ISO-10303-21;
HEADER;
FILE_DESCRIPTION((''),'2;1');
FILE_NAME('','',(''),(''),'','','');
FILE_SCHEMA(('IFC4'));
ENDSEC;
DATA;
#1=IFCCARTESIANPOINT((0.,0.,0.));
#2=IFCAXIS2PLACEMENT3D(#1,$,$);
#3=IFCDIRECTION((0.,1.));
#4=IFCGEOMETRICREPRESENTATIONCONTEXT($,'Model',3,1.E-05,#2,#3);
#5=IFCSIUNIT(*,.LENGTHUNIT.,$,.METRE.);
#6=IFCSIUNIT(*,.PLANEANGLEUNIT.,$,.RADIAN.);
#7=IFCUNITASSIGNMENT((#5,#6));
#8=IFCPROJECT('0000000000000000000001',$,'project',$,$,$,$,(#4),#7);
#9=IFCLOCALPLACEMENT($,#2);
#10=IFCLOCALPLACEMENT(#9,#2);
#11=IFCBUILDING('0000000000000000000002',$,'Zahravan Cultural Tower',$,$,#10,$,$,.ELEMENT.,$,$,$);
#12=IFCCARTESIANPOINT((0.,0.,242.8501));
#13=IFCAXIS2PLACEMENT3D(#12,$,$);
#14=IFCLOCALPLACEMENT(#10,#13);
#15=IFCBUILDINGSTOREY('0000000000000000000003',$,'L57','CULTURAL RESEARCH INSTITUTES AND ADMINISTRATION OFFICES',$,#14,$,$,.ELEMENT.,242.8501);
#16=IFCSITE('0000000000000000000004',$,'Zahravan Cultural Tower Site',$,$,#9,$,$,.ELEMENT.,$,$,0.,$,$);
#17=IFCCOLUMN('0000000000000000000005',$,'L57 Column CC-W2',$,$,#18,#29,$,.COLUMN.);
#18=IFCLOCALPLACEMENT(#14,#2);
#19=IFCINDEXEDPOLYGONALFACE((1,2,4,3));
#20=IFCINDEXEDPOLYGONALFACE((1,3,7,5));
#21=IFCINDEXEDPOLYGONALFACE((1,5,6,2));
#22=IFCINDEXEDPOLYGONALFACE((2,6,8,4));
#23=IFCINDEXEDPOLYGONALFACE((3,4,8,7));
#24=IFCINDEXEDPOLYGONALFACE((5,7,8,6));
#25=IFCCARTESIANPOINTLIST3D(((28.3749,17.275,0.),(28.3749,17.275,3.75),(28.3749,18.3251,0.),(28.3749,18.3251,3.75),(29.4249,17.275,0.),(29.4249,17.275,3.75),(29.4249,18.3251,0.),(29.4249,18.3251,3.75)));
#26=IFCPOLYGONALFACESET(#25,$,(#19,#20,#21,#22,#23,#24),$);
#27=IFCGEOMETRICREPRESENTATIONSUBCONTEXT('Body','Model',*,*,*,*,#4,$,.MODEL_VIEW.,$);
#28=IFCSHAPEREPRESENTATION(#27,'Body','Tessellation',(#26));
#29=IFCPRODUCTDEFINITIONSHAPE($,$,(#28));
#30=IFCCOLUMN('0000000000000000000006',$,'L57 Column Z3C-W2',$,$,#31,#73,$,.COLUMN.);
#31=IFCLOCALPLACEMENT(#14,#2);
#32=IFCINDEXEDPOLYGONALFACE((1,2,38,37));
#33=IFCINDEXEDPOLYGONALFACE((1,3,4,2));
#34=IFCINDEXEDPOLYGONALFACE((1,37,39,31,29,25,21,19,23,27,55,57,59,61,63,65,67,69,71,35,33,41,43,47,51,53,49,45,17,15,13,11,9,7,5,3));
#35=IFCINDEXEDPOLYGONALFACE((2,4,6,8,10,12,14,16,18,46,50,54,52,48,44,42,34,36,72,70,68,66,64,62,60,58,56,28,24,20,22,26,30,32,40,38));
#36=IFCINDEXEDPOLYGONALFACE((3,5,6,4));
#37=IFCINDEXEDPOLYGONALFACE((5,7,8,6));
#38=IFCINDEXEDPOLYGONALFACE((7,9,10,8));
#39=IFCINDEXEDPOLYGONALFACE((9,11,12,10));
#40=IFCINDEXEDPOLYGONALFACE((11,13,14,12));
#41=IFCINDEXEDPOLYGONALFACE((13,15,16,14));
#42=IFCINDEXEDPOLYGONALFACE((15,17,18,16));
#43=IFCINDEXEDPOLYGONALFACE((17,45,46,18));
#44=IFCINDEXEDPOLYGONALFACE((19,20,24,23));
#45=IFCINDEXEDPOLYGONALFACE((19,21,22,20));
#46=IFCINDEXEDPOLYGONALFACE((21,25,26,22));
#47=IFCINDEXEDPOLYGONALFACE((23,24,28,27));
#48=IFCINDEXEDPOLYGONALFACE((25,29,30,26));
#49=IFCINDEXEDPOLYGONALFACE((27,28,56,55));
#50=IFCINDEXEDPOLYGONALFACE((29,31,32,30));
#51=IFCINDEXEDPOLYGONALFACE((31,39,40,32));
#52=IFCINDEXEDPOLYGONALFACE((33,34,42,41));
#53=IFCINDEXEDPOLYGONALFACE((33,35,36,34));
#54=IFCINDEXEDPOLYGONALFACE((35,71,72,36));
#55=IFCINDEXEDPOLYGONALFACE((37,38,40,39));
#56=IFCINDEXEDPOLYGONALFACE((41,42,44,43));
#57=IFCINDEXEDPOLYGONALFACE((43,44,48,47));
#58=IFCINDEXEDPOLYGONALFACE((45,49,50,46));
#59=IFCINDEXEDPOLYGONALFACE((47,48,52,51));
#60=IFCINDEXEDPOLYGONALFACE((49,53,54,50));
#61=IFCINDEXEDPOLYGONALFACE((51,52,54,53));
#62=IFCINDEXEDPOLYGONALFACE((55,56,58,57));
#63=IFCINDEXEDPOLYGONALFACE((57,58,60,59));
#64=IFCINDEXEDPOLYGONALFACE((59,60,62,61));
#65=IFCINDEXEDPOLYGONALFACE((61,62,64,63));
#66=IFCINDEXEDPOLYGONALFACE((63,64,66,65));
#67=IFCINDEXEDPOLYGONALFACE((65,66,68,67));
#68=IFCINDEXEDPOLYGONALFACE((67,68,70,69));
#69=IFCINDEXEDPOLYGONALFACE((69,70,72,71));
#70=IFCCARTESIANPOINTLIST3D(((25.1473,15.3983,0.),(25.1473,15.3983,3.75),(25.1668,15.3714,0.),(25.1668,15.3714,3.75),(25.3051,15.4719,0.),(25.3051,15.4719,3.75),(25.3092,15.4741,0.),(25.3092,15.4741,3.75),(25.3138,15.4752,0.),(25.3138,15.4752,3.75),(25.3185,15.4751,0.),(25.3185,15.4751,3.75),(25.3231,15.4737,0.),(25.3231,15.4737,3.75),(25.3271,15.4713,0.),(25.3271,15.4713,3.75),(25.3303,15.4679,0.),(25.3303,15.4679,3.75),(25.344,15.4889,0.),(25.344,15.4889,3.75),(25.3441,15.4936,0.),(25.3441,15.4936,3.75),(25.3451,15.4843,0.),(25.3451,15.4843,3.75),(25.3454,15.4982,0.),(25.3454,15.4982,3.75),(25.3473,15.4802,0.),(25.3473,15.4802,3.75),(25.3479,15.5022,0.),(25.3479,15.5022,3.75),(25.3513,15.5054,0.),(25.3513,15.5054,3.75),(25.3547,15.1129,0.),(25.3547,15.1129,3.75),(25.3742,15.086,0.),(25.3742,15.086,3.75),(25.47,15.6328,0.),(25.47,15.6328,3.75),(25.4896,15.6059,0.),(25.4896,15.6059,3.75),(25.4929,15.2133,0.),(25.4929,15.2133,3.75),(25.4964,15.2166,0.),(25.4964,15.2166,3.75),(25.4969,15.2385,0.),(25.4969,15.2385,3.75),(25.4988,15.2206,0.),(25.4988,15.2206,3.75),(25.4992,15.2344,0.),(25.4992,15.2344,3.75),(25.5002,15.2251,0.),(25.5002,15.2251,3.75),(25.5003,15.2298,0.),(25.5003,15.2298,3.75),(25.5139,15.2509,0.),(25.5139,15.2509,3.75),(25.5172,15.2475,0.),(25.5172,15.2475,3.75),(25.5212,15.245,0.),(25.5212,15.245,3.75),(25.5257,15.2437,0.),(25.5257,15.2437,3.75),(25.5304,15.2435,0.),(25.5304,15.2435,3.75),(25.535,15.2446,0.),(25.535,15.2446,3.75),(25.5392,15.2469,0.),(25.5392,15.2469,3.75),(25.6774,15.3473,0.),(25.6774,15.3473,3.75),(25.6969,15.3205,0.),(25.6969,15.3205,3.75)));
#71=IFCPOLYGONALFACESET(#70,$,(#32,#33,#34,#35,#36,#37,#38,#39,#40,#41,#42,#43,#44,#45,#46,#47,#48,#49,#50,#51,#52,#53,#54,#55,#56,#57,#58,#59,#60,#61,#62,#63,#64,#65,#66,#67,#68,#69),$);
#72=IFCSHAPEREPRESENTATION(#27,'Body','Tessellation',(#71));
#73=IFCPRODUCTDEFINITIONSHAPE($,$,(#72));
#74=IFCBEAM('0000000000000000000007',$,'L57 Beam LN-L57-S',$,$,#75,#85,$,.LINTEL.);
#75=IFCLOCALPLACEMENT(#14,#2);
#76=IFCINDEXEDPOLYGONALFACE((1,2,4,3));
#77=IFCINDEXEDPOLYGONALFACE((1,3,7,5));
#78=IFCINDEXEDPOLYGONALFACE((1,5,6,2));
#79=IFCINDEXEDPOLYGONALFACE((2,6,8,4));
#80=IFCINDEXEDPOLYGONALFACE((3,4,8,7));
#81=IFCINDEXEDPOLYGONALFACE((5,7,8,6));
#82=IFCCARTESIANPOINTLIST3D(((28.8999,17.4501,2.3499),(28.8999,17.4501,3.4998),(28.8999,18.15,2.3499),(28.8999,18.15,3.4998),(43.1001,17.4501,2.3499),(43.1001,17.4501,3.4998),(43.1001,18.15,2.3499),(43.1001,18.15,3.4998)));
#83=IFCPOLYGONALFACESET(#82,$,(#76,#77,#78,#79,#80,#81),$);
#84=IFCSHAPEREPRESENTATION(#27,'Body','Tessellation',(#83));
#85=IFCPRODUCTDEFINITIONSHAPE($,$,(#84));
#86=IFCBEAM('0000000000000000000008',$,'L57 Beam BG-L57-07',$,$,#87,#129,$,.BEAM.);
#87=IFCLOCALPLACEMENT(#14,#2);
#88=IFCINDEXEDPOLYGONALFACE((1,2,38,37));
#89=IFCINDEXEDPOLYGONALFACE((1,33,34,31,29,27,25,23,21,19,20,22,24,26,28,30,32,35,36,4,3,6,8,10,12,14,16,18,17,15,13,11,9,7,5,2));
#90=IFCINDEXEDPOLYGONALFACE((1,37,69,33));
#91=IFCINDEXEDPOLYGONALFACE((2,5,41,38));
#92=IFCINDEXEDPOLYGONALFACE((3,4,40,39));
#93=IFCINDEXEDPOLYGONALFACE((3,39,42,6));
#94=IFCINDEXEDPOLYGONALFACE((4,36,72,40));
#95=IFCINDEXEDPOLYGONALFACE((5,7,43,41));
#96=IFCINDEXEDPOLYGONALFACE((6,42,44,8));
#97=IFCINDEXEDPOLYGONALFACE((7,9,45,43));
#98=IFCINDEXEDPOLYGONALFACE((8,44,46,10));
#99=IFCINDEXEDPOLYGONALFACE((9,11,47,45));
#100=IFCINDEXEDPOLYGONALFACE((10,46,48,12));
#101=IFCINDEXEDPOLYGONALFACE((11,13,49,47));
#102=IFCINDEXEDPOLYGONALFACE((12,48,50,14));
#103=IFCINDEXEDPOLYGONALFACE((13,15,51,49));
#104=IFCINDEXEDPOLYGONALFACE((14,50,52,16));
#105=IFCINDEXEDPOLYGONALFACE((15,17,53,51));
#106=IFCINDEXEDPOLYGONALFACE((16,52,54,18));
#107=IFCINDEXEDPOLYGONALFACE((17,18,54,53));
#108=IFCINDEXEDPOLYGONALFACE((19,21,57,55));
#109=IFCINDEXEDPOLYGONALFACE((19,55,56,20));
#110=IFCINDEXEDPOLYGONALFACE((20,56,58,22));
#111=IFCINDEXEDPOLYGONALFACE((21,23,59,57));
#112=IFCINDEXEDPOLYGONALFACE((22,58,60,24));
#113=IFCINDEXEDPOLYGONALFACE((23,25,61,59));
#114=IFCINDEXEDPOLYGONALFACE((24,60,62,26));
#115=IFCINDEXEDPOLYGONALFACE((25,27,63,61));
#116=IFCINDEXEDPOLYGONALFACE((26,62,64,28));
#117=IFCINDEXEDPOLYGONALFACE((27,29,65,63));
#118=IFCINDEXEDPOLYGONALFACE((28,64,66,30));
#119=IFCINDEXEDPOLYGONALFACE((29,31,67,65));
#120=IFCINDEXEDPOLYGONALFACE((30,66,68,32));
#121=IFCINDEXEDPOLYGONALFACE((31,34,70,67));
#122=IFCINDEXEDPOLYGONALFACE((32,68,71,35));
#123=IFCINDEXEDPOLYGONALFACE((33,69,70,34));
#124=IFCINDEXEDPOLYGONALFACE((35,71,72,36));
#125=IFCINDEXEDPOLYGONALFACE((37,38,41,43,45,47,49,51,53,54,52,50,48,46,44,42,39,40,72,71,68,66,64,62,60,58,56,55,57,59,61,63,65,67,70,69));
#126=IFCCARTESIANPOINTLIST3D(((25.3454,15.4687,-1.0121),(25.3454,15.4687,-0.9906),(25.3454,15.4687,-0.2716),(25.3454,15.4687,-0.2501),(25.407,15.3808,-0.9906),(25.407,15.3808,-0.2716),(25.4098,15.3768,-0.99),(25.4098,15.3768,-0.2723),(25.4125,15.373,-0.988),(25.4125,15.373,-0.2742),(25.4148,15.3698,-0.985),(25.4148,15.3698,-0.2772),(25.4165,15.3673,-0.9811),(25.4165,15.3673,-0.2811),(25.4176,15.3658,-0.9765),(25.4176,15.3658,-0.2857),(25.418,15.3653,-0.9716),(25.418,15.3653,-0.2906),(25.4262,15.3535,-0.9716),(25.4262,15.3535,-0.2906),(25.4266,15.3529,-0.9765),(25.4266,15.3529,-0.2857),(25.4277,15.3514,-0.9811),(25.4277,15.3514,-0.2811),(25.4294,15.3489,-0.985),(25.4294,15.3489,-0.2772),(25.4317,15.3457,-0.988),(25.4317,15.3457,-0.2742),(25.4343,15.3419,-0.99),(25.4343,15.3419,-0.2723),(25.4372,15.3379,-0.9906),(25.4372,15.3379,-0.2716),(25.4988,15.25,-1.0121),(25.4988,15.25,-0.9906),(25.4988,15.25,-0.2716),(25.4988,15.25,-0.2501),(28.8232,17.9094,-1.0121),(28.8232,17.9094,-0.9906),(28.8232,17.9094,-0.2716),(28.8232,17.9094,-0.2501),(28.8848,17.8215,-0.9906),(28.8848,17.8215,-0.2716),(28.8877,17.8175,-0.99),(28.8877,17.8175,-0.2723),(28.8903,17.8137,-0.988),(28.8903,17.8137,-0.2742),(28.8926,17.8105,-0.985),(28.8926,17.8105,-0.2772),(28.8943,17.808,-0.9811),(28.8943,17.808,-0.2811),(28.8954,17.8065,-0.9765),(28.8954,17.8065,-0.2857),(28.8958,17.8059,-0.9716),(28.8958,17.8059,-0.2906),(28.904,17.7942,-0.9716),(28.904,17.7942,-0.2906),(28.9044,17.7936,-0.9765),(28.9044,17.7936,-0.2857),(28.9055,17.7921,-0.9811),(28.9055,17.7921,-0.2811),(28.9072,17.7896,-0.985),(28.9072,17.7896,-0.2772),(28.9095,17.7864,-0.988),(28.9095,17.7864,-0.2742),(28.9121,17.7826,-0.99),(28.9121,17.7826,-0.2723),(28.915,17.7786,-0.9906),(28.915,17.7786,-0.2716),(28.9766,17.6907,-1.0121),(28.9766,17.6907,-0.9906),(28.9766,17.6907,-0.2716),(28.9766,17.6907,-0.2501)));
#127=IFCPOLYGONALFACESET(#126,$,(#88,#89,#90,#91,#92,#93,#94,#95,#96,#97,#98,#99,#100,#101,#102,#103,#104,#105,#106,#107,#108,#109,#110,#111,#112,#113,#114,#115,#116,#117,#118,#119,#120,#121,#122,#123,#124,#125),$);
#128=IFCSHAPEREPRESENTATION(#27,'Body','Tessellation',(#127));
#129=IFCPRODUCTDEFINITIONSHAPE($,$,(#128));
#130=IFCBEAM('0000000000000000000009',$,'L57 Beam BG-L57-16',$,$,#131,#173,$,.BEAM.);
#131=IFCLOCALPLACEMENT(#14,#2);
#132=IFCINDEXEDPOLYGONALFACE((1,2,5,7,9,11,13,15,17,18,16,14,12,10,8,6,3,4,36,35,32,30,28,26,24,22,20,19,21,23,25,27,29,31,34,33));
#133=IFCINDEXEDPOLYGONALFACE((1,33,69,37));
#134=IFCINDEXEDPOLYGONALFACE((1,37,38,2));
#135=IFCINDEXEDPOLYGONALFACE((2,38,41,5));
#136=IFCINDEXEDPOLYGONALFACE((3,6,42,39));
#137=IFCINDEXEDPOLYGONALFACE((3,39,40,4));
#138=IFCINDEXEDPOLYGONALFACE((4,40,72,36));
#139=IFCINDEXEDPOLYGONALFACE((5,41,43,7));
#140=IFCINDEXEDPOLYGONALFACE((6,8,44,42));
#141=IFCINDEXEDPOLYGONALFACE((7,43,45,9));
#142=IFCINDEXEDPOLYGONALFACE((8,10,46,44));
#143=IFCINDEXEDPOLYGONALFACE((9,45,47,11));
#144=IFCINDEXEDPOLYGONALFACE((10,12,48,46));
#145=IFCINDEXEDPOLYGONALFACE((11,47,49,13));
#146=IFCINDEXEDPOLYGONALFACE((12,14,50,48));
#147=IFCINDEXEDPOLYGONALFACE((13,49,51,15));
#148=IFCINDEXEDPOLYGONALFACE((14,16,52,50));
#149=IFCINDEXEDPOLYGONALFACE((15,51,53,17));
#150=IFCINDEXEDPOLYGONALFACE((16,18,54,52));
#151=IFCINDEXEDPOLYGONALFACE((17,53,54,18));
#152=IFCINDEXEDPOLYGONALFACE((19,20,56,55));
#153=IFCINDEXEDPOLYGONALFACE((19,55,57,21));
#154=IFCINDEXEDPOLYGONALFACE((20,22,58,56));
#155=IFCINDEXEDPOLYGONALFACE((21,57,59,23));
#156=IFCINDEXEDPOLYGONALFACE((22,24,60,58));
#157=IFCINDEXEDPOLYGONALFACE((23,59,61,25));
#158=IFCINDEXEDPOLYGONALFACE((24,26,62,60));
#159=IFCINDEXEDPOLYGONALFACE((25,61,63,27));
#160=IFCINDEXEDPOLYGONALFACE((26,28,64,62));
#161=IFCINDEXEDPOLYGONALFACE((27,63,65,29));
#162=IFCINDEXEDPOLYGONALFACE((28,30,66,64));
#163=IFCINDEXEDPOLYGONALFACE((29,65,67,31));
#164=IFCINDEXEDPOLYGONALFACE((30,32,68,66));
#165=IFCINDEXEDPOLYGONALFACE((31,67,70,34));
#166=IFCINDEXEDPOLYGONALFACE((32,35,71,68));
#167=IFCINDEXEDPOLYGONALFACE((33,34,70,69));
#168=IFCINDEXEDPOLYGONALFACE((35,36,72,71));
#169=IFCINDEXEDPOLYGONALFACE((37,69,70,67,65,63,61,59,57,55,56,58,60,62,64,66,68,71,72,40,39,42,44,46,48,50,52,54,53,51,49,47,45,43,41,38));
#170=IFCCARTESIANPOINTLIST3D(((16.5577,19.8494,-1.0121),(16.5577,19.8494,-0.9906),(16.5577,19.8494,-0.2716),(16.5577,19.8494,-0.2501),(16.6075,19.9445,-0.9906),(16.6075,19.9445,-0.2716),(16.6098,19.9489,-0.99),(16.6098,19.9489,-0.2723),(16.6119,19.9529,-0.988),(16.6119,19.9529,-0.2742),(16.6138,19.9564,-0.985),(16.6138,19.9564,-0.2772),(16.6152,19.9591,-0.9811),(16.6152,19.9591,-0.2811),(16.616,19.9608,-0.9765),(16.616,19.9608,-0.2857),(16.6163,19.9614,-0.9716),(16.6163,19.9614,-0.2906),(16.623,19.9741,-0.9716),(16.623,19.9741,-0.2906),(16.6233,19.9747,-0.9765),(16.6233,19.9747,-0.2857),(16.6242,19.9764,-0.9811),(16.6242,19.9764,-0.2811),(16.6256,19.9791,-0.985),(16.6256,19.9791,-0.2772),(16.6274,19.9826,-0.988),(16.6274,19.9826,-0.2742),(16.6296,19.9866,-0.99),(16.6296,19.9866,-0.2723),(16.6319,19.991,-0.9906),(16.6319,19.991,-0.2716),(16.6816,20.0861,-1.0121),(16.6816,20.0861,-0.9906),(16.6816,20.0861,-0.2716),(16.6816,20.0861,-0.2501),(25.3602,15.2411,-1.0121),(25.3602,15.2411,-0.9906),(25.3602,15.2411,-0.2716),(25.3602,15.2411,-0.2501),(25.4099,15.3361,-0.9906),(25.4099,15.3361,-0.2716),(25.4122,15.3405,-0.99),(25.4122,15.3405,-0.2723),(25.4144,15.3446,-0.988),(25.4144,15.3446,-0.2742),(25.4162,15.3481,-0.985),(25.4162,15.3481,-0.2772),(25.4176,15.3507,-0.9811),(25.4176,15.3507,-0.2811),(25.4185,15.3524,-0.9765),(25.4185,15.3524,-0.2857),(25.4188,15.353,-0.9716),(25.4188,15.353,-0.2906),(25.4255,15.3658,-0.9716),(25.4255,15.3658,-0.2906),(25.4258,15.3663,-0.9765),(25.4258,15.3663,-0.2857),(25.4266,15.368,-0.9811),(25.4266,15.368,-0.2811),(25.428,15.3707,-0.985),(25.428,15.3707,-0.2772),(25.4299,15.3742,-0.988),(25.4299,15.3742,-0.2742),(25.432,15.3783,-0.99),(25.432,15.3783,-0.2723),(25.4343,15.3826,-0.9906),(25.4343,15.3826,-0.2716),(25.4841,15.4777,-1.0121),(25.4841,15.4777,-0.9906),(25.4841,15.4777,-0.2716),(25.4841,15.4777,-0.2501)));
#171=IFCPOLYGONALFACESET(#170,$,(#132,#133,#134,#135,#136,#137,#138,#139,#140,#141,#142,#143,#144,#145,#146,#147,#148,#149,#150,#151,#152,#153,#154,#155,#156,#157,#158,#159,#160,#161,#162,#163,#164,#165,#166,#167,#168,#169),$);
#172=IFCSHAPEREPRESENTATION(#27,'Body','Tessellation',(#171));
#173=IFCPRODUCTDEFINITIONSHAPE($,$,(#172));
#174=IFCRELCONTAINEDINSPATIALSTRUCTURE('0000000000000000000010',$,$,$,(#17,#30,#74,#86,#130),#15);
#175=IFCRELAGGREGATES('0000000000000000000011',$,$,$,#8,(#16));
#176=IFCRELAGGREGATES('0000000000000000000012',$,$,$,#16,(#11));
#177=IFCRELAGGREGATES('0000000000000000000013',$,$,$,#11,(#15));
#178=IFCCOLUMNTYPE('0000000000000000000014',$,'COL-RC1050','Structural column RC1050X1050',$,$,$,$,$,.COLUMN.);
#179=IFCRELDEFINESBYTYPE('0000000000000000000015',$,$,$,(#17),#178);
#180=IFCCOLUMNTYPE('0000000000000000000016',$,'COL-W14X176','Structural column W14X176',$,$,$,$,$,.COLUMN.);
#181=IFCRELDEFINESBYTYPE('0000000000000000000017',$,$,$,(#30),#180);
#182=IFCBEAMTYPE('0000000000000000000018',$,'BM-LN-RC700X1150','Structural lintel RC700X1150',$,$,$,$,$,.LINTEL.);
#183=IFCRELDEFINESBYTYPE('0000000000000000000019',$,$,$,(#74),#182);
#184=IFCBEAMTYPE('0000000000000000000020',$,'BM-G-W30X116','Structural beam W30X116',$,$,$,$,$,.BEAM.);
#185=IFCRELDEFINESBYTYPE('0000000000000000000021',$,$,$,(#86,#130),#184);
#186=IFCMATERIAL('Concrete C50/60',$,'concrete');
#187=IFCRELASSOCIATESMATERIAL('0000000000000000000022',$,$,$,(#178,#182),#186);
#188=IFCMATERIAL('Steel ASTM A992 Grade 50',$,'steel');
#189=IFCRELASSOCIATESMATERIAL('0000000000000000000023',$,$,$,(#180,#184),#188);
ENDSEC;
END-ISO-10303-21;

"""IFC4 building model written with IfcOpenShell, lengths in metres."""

from ifc_helpers import new_model, si_unit, direction, frame, origin, origin_2d, place, context, subcontext, project, spatial, rectangle, i_section, extrude, source, transform, mapped, material, material_profile, profile_set, type_object, element, save


model = new_model("IFC4")

# Units and contexts
model_context = context("Model", 3, precision=1e-05, world=origin(), true_north=direction((0.0, 1.0)))
body_context = subcontext(model_context, "Body", "Model", "MODEL_VIEW")
ifc_project = project(units=[si_unit("LENGTHUNIT", "METRE"), si_unit("PLANEANGLEUNIT", "RADIAN")], contexts=[model_context])

# Site, building, storey
site_placement = place(None, origin())
site = spatial("IfcSite", under=ifc_project, at=site_placement, Name="Zahravan Cultural Tower Site", CompositionType="ELEMENT", RefElevation=0.0)
building_placement = place(site_placement, origin())
building = spatial("IfcBuilding", under=site, at=building_placement, Name="Zahravan Cultural Tower", CompositionType="ELEMENT")
storey_placement = place(building_placement, frame((0.0, 0.0, 242.8501)))
storey = spatial("IfcBuildingStorey", under=building, at=storey_placement, Name="L57", Description="CULTURAL RESEARCH INSTITUTES AND ADMINISTRATION OFFICES", CompositionType="ELEMENT", Elevation=242.8501)

# Columns
ifc_material_1 = material(Name="Concrete C50/60", Category="concrete")
ifc_material_profile_1 = material_profile(ifc_material_1, rectangle(XDim=1.05, YDim=1.05, at=origin_2d()), Name="RC1050X1050")
ifc_profile_set_1 = profile_set([ifc_material_profile_1], Name="Concrete C50/60")
column_type_1 = type_object("IfcColumnType", Name="COL-RC1050", Description="Structural column RC1050X1050", PredefinedType="COLUMN", material=ifc_profile_set_1)
shared_shape_1 = source(origin(), body_context, "Body", "SweptSolid", [
    extrude(rectangle(XDim=1.05, YDim=1.05, at=origin_2d()), origin(), (0.0, 0.0, 1.0), 3.75),
])
column_1_placement = place(storey_placement, frame((28.8999, 17.8, 0.0), z_axis=(0.0, 0.0, 1.0), x_axis=(1.0, 0.0, 0.0)))
element("IfcColumn", 1, at=column_1_placement, inside=storey, type_object=column_type_1, Name="L57 Column CC-W2", PredefinedType="COLUMN", context=body_context, shape_type="MappedRepresentation", body=[
    mapped(shared_shape_1, transform((0.0, 0.0, 0.0), x_axis=(1.0, 0.0, 0.0), y_axis=(0.0, 1.0, 0.0), z_axis=(0.0, 0.0, 1.0), scale=1.0)),
])
ifc_material_2 = material(Name="Steel ASTM A992 Grade 50", Category="steel")
ifc_material_profile_2 = material_profile(ifc_material_2, i_section(OverallWidth=0.3989, OverallDepth=0.386, WebThickness=0.021, FlangeThickness=0.0332, FilletRadius=0.0181, at=origin_2d()), Name="W14X176")
ifc_profile_set_2 = profile_set([ifc_material_profile_2], Name="Steel ASTM A992 Grade 50")
column_type_2 = type_object("IfcColumnType", Name="COL-W14X176", Description="Structural column W14X176", PredefinedType="COLUMN", material=ifc_profile_set_2)
shared_shape_2 = source(origin(), body_context, "Body", "SweptSolid", [
    extrude(i_section(OverallWidth=0.3989, OverallDepth=0.386, WebThickness=0.021, FlangeThickness=0.0332, FilletRadius=0.0181, at=origin_2d()), origin(), (0.0, 0.0, 1.0), 3.75),
])
column_2_placement = place(storey_placement, frame((25.4221, 15.3594, 0.0), z_axis=(0.0, 0.0, 1.0), x_axis=(0.809017, 0.587785, 0.0)))
element("IfcColumn", 2, at=column_2_placement, inside=storey, type_object=column_type_2, Name="L57 Column Z3C-W2", PredefinedType="COLUMN", context=body_context, shape_type="MappedRepresentation", body=[
    mapped(shared_shape_2, transform((0.0, 0.0, 0.0), x_axis=(1.0, 0.0, 0.0), y_axis=(0.0, 1.0, 0.0), z_axis=(0.0, 0.0, 1.0), scale=1.0)),
])

# Beams
ifc_material_profile_3 = material_profile(ifc_material_1, rectangle(XDim=0.7, YDim=1.1499, at=origin_2d()), Name="RC700X1150")
ifc_profile_set_3 = profile_set([ifc_material_profile_3], Name="Concrete C50/60")
beam_type_1 = type_object("IfcBeamType", Name="BM-LN-RC700X1150", Description="Structural lintel RC700X1150", PredefinedType="LINTEL", material=ifc_profile_set_3)
shared_shape_3 = source(origin(), body_context, "Body", "SweptSolid", [
    extrude(rectangle(XDim=0.7, YDim=1.1499, at=origin_2d()), origin(), (0.0, 0.0, 1.0), 14.2002),
])
beam_1_placement = place(storey_placement, frame((28.8999, 17.8, 2.9248), z_axis=(1.0, 0.0, 0.0), x_axis=(0.0, 1.0, 0.0)))
element("IfcBeam", 3, at=beam_1_placement, inside=storey, type_object=beam_type_1, Name="L57 Beam LN-L57-S", PredefinedType="LINTEL", context=body_context, shape_type="MappedRepresentation", body=[
    mapped(shared_shape_3, transform((0.0, 0.0, 0.0), x_axis=(1.0, 0.0, 0.0), y_axis=(0.0, 1.0, 0.0), z_axis=(0.0, 0.0, 1.0), scale=1.0)),
])
ifc_material_profile_4 = material_profile(ifc_material_2, i_section(OverallWidth=0.2671, OverallDepth=0.762, WebThickness=0.0144, FlangeThickness=0.0215, FilletRadius=0.019, at=origin_2d()), Name="W30X116")
ifc_profile_set_4 = profile_set([ifc_material_profile_4], Name="Steel ASTM A992 Grade 50")
beam_type_2 = type_object("IfcBeamType", Name="BM-G-W30X116", Description="Structural beam W30X116", PredefinedType="BEAM", material=ifc_profile_set_4)
shared_shape_4 = source(origin(), body_context, "Body", "SweptSolid", [
    extrude(i_section(OverallWidth=0.2671, OverallDepth=0.762, WebThickness=0.0144, FlangeThickness=0.0215, FilletRadius=0.019, at=origin_2d()), origin(), (0.0, 0.0, 1.0), 4.2488),
])
beam_2_placement = place(storey_placement, frame((28.8999, 17.8, -0.6311), z_axis=(-0.818543, -0.574445, 0.0), x_axis=(0.574445, -0.818543, 0.0)))
element("IfcBeam", 4, at=beam_2_placement, inside=storey, type_object=beam_type_2, Name="L57 Beam BG-L57-07", PredefinedType="BEAM", context=body_context, shape_type="MappedRepresentation", body=[
    mapped(shared_shape_4, transform((0.0, 0.0, 0.0), x_axis=(1.0, 0.0, 0.0), y_axis=(0.0, 1.0, 0.0), z_axis=(0.0, 0.0, 1.0), scale=1.0)),
])
shared_shape_5 = source(origin(), body_context, "Body", "SweptSolid", [
    extrude(i_section(OverallWidth=0.2671, OverallDepth=0.762, WebThickness=0.0144, FlangeThickness=0.0215, FilletRadius=0.019, at=origin_2d()), origin(), (0.0, 0.0, 1.0), 9.9358),
])
beam_3_placement = place(storey_placement, frame((25.4221, 15.3594, -0.6311), z_axis=(-0.885932, 0.463815, 0.0), x_axis=(-0.463815, -0.885932, 0.0)))
element("IfcBeam", 5, at=beam_3_placement, inside=storey, type_object=beam_type_2, Name="L57 Beam BG-L57-16", PredefinedType="BEAM", context=body_context, shape_type="MappedRepresentation", body=[
    mapped(shared_shape_5, transform((0.0, 0.0, 0.0), x_axis=(1.0, 0.0, 0.0), y_axis=(0.0, 1.0, 0.0), z_axis=(0.0, 0.0, 1.0), scale=1.0)),
])

save(model, "model.ifc")
